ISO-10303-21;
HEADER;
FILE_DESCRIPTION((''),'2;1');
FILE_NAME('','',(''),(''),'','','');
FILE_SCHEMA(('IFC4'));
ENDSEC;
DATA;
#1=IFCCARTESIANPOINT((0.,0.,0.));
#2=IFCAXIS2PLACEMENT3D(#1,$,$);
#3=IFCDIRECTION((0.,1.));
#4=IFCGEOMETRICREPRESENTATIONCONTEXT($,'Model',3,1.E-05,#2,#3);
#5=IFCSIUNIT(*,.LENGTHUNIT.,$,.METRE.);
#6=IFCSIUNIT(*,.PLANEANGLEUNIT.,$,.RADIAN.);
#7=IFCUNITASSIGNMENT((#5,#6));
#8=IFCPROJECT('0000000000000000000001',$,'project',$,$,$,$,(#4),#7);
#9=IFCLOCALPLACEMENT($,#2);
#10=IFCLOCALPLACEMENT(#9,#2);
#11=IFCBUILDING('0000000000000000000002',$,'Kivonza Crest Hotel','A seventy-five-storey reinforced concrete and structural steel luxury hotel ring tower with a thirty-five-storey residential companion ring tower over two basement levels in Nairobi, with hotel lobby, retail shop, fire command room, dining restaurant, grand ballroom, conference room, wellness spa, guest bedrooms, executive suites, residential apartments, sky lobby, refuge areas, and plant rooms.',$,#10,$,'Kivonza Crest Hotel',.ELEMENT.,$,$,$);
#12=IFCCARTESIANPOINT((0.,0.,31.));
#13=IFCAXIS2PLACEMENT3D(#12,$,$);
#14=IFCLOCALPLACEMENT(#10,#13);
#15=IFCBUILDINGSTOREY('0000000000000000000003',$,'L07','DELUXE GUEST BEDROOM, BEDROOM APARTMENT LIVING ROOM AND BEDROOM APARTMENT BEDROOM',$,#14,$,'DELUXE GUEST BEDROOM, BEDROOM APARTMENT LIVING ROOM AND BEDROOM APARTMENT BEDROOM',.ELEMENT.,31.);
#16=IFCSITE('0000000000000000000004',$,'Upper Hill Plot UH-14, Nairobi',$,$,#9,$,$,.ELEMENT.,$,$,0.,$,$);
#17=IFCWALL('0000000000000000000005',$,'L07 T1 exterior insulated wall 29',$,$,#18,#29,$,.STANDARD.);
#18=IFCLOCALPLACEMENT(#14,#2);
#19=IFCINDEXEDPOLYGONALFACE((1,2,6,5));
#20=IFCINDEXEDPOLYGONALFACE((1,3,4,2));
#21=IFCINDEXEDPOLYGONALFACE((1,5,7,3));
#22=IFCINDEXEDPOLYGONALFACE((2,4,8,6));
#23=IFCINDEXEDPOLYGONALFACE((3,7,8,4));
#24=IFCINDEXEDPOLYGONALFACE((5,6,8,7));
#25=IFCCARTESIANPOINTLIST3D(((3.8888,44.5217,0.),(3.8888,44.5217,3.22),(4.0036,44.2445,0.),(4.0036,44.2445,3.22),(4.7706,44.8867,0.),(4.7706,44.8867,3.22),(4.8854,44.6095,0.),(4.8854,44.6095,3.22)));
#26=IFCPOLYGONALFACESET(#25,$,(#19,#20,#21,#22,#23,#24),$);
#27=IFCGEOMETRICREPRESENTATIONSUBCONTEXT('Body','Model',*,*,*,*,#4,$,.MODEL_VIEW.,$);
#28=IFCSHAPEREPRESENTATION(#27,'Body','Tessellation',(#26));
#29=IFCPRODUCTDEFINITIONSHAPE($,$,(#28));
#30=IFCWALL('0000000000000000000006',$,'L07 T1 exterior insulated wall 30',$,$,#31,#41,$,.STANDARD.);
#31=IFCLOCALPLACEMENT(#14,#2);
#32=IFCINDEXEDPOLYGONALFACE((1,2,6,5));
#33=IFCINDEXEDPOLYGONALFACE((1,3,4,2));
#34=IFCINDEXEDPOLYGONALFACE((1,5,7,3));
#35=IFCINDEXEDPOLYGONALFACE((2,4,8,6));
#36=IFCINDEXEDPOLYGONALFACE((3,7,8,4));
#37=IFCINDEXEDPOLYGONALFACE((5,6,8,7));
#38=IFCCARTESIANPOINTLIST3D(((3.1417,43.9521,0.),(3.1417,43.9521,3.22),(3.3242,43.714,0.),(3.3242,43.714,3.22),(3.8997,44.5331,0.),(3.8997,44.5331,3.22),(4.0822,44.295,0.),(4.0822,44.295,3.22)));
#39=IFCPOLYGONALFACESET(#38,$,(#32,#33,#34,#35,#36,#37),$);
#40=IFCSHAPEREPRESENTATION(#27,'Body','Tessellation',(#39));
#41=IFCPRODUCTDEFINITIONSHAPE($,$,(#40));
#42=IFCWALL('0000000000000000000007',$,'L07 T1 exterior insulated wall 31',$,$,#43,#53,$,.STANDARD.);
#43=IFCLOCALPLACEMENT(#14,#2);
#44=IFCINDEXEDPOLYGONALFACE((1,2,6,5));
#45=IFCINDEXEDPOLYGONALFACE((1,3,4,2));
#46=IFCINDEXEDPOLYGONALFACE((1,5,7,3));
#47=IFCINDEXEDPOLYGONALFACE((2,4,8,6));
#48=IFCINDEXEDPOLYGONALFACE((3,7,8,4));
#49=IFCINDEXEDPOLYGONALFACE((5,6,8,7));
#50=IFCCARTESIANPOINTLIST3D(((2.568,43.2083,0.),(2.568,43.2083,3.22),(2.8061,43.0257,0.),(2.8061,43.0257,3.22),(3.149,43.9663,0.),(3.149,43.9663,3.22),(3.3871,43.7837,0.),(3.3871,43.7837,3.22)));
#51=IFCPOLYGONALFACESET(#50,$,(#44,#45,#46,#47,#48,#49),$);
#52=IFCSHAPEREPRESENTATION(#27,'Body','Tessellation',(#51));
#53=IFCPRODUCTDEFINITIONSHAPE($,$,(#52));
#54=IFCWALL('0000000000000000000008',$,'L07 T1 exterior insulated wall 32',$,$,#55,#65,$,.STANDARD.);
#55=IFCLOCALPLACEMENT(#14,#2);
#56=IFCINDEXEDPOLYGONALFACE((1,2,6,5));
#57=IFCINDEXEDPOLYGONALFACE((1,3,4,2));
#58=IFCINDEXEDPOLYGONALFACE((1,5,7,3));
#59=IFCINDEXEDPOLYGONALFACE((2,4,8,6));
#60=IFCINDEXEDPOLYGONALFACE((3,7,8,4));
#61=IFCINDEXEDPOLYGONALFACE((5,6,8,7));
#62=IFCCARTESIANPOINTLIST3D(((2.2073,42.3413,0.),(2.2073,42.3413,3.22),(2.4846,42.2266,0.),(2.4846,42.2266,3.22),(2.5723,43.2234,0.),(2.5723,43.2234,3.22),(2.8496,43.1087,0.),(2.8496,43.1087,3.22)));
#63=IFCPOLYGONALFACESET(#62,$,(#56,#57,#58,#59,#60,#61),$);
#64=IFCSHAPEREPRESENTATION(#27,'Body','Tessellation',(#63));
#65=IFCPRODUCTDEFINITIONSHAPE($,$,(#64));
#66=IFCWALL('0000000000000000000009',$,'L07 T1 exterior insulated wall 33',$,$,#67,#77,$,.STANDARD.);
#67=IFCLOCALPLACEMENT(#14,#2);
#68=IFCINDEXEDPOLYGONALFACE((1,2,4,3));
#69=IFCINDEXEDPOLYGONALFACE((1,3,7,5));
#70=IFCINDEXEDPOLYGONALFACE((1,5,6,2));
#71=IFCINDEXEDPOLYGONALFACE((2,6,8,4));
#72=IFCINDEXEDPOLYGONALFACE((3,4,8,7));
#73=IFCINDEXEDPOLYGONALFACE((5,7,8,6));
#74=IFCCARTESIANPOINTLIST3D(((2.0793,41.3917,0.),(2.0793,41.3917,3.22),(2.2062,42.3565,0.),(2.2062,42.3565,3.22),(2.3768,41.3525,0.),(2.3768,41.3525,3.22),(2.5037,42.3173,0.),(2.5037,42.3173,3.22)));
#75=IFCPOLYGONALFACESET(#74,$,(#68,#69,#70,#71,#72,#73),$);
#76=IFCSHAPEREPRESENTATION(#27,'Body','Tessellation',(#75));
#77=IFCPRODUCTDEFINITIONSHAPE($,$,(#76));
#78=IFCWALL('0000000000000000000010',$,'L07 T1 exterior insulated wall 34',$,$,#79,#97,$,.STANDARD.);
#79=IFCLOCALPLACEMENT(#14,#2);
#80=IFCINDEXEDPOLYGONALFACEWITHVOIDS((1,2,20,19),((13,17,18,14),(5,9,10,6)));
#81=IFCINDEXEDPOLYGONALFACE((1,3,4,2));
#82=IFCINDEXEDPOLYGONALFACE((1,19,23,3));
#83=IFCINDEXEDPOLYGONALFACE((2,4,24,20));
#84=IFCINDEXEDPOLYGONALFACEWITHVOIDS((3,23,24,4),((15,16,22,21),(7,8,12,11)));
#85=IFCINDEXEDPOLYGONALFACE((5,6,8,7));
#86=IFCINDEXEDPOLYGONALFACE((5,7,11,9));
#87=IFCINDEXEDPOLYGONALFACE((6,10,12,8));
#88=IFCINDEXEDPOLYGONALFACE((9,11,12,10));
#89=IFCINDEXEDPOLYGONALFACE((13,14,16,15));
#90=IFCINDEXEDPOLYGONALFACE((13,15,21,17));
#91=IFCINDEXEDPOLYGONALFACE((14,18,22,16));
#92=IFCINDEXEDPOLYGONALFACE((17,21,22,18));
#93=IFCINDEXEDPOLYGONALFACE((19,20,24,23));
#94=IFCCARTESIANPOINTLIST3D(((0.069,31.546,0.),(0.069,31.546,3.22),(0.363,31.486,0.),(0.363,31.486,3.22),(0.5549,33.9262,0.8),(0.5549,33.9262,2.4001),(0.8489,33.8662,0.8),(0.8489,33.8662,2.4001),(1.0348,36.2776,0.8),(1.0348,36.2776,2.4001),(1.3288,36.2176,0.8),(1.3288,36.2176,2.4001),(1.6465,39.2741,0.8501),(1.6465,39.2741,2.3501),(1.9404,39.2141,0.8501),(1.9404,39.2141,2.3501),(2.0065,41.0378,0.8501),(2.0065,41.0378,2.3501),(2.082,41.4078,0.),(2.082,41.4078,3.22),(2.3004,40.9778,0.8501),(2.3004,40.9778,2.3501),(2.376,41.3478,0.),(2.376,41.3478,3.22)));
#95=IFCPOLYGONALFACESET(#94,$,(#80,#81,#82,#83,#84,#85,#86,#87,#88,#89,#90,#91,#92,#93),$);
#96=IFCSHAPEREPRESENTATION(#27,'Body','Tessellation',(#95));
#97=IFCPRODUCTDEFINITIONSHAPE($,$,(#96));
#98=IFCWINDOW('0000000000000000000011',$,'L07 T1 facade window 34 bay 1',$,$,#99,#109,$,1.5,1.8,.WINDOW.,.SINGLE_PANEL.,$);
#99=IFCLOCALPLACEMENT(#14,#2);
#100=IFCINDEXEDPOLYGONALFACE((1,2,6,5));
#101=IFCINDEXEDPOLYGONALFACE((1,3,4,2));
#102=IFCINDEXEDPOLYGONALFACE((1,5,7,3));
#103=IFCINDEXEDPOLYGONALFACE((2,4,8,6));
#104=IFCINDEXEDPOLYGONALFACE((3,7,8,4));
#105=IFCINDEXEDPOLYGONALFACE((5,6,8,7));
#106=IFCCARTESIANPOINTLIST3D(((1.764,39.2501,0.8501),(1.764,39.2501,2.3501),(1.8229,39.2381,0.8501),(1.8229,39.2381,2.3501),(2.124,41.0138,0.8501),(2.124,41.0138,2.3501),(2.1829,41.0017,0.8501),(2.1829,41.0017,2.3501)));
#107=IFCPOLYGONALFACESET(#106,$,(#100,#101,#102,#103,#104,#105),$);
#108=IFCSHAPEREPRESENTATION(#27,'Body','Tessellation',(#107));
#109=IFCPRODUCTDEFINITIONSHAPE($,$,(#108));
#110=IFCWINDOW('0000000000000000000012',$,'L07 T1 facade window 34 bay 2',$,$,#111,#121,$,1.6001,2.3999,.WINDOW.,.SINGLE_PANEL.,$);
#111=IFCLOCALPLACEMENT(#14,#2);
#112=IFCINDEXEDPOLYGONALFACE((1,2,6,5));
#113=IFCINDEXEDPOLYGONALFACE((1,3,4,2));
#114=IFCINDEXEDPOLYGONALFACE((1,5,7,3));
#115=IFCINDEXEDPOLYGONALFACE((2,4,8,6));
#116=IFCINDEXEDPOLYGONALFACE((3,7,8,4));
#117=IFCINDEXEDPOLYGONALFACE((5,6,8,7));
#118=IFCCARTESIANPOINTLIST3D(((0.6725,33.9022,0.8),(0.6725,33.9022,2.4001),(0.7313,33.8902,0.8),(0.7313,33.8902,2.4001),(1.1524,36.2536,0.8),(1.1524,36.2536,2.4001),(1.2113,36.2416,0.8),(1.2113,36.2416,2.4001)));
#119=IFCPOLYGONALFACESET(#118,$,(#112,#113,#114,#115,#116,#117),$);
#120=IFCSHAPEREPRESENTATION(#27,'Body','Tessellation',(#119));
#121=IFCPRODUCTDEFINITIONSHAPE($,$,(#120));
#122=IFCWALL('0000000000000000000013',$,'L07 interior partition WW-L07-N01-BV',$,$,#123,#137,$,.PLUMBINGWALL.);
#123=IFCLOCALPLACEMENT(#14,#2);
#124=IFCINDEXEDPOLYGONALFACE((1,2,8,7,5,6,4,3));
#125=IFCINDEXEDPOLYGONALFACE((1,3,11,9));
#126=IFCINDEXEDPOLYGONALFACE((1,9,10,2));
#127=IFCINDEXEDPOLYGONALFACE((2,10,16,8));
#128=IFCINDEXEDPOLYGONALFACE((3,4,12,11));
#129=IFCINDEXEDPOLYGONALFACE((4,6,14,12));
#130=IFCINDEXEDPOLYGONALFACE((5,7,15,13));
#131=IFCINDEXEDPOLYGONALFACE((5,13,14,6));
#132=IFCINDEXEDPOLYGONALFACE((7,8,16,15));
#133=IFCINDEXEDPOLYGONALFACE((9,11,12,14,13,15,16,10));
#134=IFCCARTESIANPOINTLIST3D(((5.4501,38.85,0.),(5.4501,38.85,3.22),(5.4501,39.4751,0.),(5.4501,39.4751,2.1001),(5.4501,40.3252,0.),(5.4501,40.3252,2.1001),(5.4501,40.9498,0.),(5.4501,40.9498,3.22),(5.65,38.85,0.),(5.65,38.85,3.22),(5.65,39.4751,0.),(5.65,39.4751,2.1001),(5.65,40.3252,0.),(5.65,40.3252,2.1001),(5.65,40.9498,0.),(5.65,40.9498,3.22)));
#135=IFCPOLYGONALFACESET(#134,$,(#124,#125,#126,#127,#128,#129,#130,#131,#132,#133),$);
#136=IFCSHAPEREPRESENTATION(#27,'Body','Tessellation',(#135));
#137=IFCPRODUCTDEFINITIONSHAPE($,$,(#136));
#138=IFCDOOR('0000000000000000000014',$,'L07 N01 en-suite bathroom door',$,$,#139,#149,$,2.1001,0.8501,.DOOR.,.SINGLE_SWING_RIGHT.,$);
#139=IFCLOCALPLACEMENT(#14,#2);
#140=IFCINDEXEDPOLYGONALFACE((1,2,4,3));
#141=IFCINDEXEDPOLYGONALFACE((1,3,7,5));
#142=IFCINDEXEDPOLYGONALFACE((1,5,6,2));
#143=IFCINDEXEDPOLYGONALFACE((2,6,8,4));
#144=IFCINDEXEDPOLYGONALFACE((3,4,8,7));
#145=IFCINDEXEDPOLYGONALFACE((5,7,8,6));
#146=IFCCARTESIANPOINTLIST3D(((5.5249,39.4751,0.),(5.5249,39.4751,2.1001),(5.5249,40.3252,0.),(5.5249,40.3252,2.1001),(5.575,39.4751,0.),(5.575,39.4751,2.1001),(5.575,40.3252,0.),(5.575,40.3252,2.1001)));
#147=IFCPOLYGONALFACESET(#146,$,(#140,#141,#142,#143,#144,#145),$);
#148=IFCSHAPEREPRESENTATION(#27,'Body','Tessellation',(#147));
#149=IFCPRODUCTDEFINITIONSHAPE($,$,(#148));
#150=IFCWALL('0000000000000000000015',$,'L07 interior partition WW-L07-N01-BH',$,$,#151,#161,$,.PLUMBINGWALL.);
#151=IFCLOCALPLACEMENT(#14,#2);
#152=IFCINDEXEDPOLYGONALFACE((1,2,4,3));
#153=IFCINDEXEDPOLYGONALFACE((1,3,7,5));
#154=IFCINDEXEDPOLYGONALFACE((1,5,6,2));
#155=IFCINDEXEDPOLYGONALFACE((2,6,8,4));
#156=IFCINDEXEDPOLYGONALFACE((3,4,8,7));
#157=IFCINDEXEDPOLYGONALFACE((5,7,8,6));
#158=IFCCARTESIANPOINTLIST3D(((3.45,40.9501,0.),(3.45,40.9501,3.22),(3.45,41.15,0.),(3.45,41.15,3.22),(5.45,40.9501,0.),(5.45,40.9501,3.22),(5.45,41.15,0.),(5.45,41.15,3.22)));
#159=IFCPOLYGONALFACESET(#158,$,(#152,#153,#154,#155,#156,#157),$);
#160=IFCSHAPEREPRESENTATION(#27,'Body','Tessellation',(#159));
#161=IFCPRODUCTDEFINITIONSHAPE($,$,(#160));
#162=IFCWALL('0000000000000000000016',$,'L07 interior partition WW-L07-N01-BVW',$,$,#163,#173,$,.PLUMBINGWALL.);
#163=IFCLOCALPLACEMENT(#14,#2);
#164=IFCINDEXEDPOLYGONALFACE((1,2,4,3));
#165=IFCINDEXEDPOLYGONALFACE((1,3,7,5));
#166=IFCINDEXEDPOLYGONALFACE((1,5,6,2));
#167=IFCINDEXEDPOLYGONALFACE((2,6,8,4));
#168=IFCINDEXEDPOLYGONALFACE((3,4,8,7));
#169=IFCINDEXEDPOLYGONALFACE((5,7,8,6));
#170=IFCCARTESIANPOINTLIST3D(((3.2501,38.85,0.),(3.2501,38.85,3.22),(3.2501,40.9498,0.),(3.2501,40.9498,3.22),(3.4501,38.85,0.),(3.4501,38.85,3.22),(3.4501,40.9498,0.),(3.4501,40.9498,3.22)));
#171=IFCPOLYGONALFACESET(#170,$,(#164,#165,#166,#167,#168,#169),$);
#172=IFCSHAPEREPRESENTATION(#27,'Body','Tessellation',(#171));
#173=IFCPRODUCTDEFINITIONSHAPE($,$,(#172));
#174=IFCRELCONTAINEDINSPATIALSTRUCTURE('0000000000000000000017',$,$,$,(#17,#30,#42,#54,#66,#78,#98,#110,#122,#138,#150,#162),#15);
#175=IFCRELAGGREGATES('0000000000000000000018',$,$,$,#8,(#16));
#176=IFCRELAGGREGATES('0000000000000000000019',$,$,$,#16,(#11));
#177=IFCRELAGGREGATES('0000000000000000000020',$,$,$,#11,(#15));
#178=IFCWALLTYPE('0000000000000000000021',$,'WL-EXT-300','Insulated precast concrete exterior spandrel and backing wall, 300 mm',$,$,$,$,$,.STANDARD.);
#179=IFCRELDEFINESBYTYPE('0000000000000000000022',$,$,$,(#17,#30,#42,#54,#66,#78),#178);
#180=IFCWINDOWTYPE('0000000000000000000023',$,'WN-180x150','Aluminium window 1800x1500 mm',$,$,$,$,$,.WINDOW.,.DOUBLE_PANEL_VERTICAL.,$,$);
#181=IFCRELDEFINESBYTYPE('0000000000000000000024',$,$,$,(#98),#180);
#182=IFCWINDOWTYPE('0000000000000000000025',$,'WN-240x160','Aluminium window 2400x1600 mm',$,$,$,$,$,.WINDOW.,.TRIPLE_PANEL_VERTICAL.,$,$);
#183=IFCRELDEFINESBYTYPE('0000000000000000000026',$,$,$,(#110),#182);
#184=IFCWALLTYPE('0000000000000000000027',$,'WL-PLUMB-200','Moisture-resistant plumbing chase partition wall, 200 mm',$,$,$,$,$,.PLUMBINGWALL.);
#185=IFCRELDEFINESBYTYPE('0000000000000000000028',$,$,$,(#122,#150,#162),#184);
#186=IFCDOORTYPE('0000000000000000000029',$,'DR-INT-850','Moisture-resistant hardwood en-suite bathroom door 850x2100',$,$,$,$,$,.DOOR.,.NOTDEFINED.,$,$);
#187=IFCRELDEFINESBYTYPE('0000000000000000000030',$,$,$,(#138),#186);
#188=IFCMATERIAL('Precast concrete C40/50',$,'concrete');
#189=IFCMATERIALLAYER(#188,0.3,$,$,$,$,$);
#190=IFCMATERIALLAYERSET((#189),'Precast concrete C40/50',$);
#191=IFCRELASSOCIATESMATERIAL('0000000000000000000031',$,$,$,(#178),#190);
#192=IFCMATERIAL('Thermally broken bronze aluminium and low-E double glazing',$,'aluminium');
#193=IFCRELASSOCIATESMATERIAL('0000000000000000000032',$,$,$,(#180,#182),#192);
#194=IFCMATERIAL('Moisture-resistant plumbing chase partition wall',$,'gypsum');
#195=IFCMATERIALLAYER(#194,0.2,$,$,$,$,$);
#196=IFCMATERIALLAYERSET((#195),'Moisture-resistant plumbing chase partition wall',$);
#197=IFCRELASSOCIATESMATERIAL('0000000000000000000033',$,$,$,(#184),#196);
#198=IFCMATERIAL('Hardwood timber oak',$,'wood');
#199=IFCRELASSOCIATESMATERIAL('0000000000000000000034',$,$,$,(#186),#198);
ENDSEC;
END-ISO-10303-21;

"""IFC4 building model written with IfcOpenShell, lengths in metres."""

from ifc_helpers import new_model, si_unit, direction, frame, frame_2d, origin, place, context, subcontext, project, spatial, rectangle, extrude, material, layer, layer_set, type_object, element, fill, save


model = new_model("IFC4")

# Units and contexts
model_context = context("Model", 3, precision=1e-05, world=origin(), true_north=direction((0.0, 1.0)))
body_context = subcontext(model_context, "Body", "Model", "MODEL_VIEW")
ifc_project = project(units=[si_unit("LENGTHUNIT", "METRE"), si_unit("PLANEANGLEUNIT", "RADIAN")], contexts=[model_context])

# Site, building, storey
site_placement = place(None, origin())
site = spatial("IfcSite", under=ifc_project, at=site_placement, Name="Upper Hill Plot UH-14, Nairobi", CompositionType="ELEMENT", RefElevation=0.0)
building_placement = place(site_placement, origin())
building = spatial("IfcBuilding", under=site, at=building_placement, Name="Kivonza Crest Hotel", Description="A seventy-five-storey reinforced concrete and structural steel luxury hotel ring tower with a thirty-five-storey residential companion ring tower over two basement levels in Nairobi, with hotel lobby, retail shop, fire command room, dining restaurant, grand ballroom, conference room, wellness spa, guest bedrooms, executive suites, residential apartments, sky lobby, refuge areas, and plant rooms.", LongName="Kivonza Crest Hotel", CompositionType="ELEMENT")
storey_placement = place(building_placement, frame((0.0, 0.0, 31.0)))
storey = spatial("IfcBuildingStorey", under=building, at=storey_placement, Name="L07", Description="DELUXE GUEST BEDROOM, BEDROOM APARTMENT LIVING ROOM AND BEDROOM APARTMENT BEDROOM", LongName="DELUXE GUEST BEDROOM, BEDROOM APARTMENT LIVING ROOM AND BEDROOM APARTMENT BEDROOM", CompositionType="ELEMENT", Elevation=31.0)

# Shared definitions
ifc_material_1 = material(Name="Hardwood timber oak", Category="wood")

# Walls
ifc_material_2 = material(Name="Precast concrete C40/50", Category="concrete")
ifc_layer_1 = layer(ifc_material_2, 0.3)
ifc_layer_set_1 = layer_set([ifc_layer_1], Name="Precast concrete C40/50")
wall_type_1 = type_object("IfcWallType", Name="WL-EXT-300", Description="Insulated precast concrete exterior spandrel and backing wall, 300 mm", PredefinedType="STANDARD", material=ifc_layer_set_1)
wall_1_placement = place(storey_placement, frame((4.8279, 44.748, 0.0), z_axis=(0.0, 0.0, 1.0), x_axis=(-0.923983, -0.382435, 0.0)))
element("IfcWall", 1, at=wall_1_placement, inside=storey, type_object=wall_type_1, Name="L07 T1 exterior insulated wall 29", PredefinedType="STANDARD", context=body_context, shape_type="SweptSolid", body=[
    extrude(rectangle(XDim=0.9543, YDim=0.3, at=frame_2d((0.4771, 0.0))), origin(), (0.0, 0.0, 1.0), 3.22),
])
for number, where, z_axis, x_axis, name in (
    (2, (3.991, 44.4141, 0.0), (0.0, 0.0, 1.0), (-0.793668, -0.608351, 0.0), "L07 T1 exterior insulated wall 30"),
    (3, (3.2681, 43.875, 0.0), (0.0, 0.0, 1.0), (-0.608351, -0.793668, 0.0), "L07 T1 exterior insulated wall 31"),
):
    element("IfcWall", number, at=place(storey_placement, frame(where, z_axis=z_axis, x_axis=x_axis)), inside=storey, type_object=wall_type_1, Name=name, PredefinedType="STANDARD", context=body_context, shape_type="SweptSolid", body=[
        extrude(rectangle(XDim=0.9551, YDim=0.3, at=frame_2d((0.4775, 0.0))), origin(), (0.0, 0.0, 1.0), 3.22),
    ])
wall_2_placement = place(storey_placement, frame((2.7109, 43.166, 0.0), z_axis=(0.0, 0.0, 1.0), x_axis=(-0.382344, -0.92402, 0.0)))
element("IfcWall", 4, at=wall_2_placement, inside=storey, type_object=wall_type_1, Name="L07 T1 exterior insulated wall 32", PredefinedType="STANDARD", context=body_context, shape_type="SweptSolid", body=[
    extrude(rectangle(XDim=0.9546, YDim=0.3, at=frame_2d((0.4773, 0.0))), origin(), (0.0, 0.0, 1.0), 3.22),
])
wall_3_placement = place(storey_placement, frame((2.355, 42.3369, 0.0), z_axis=(0.0, 0.0, 1.0), x_axis=(-0.130455, -0.991454, 0.0)))
element("IfcWall", 5, at=wall_3_placement, inside=storey, type_object=wall_type_1, Name="L07 T1 exterior insulated wall 33", PredefinedType="STANDARD", context=body_context, shape_type="SweptSolid", body=[
    extrude(rectangle(XDim=0.9731, YDim=0.3, at=frame_2d((0.4866, 0.0))), origin(), (0.0, 0.0, 1.0), 3.22),
])

# Wall, openings, windows
wall_4_placement = place(storey_placement, frame((2.229, 41.3779, 0.0), z_axis=(0.0, 0.0, 1.0), x_axis=(-0.199991, -0.979798, 0.0)))
wall_4 = element("IfcWall", 6, at=wall_4_placement, inside=storey, type_object=wall_type_1, Name="L07 T1 exterior insulated wall 34", PredefinedType="STANDARD", context=body_context, shape_type="SweptSolid", body=[
    extrude(rectangle(XDim=10.0652, YDim=0.3, at=frame_2d((5.0327, 0.0))), origin(), (0.0, 0.0, 1.0), 3.22),
])
opening_1_placement = place(wall_4_placement, frame((0.3779, 0.0, 0.8501)))
opening_1 = element("IfcOpeningElement", 7, at=opening_1_placement, cuts=wall_4, PredefinedType="OPENING", context=body_context, shape_type="SweptSolid", body=[
    extrude(rectangle(XDim=1.8, YDim=1.5, at=frame_2d((0.8999, 0.75))), frame((0.0, 0.1602, 0.0), z_axis=(0.0, -1.0, 0.0), x_axis=(1.0, 0.0, 0.0)), (0.0, 0.0, 1.0), 0.3201),
])
opening_2_placement = place(wall_4_placement, frame((5.2361, 0.0, 0.8)))
opening_2 = element("IfcOpeningElement", 8, at=opening_2_placement, cuts=wall_4, PredefinedType="OPENING", context=body_context, shape_type="SweptSolid", body=[
    extrude(rectangle(XDim=2.3999, YDim=1.6001, at=frame_2d((1.2, 0.8))), frame((0.0, 0.1602, 0.0), z_axis=(0.0, -1.0, 0.0), x_axis=(1.0, 0.0, 0.0)), (0.0, 0.0, 1.0), 0.3201),
])
ifc_material_3 = material(Name="Thermally broken bronze aluminium and low-E double glazing", Category="aluminium")
window_type_1 = type_object("IfcWindowType", Name="WN-180x150", Description="Aluminium window 1800x1500 mm", PartitioningType="DOUBLE_PANEL_VERTICAL", PredefinedType="WINDOW", material=ifc_material_3)
window_1_placement = place(opening_1_placement, origin())
window_1 = element("IfcWindow", 9, at=window_1_placement, inside=storey, type_object=window_type_1, Name="L07 T1 facade window 34 bay 1", OverallHeight=1.5, OverallWidth=1.8, PartitioningType="SINGLE_PANEL", PredefinedType="WINDOW", context=body_context, shape_type="SweptSolid", body=[
    extrude(rectangle(XDim=1.8, YDim=1.5, at=frame_2d((0.8999, 0.75))), frame((0.0, 0.03, 0.0), z_axis=(0.0, -1.0, 0.0), x_axis=(1.0, 0.0, 0.0)), (0.0, 0.0, 1.0), 0.0601),
])
fill(opening_1, window_1)
window_type_2 = type_object("IfcWindowType", Name="WN-240x160", Description="Aluminium window 2400x1600 mm", PartitioningType="TRIPLE_PANEL_VERTICAL", PredefinedType="WINDOW", material=ifc_material_3)
window_2_placement = place(opening_2_placement, origin())
window_2 = element("IfcWindow", 10, at=window_2_placement, inside=storey, type_object=window_type_2, Name="L07 T1 facade window 34 bay 2", OverallHeight=1.6001, OverallWidth=2.3999, PartitioningType="SINGLE_PANEL", PredefinedType="WINDOW", context=body_context, shape_type="SweptSolid", body=[
    extrude(rectangle(XDim=2.3999, YDim=1.6001, at=frame_2d((1.2, 0.8))), frame((0.0, 0.03, 0.0), z_axis=(0.0, -1.0, 0.0), x_axis=(1.0, 0.0, 0.0)), (0.0, 0.0, 1.0), 0.0601),
])
fill(opening_2, window_2)

# Wall, opening, door
ifc_material_4 = material(Name="Moisture-resistant plumbing chase partition wall", Category="gypsum")
ifc_layer_2 = layer(ifc_material_4, 0.2)
ifc_layer_set_2 = layer_set([ifc_layer_2], Name="Moisture-resistant plumbing chase partition wall")
wall_type_2 = type_object("IfcWallType", Name="WL-PLUMB-200", Description="Moisture-resistant plumbing chase partition wall, 200 mm", PredefinedType="PLUMBINGWALL", material=ifc_layer_set_2)
wall_5_placement = place(storey_placement, frame((5.55, 38.8501, 0.0), z_axis=(0.0, 0.0, 1.0), x_axis=(0.0, 1.0, 0.0)))
wall_5 = element("IfcWall", 11, at=wall_5_placement, inside=storey, type_object=wall_type_2, Name="L07 interior partition WW-L07-N01-BV", PredefinedType="PLUMBINGWALL", context=body_context, shape_type="SweptSolid", body=[
    extrude(rectangle(XDim=2.0999, YDim=0.2, at=frame_2d((1.0498, 0.0))), origin(), (0.0, 0.0, 1.0), 3.22),
])
opening_3_placement = place(wall_5_placement, frame((0.625, 0.0, 0.0)))
opening_3 = element("IfcOpeningElement", 12, at=opening_3_placement, cuts=wall_5, PredefinedType="OPENING", context=body_context, shape_type="SweptSolid", body=[
    extrude(rectangle(XDim=0.8501, YDim=2.1001, at=frame_2d((0.425, 1.05))), frame((0.0, 0.1099, 0.0), z_axis=(0.0, -1.0, 0.0), x_axis=(1.0, 0.0, 0.0)), (0.0, 0.0, 1.0), 0.22),
])
door_type_1 = type_object("IfcDoorType", Name="DR-INT-850", Description="Moisture-resistant hardwood en-suite bathroom door 850x2100", OperationType="NOTDEFINED", PredefinedType="DOOR", material=ifc_material_1)
door_1_placement = place(opening_3_placement, frame((0.8501, 0.0, 0.0), z_axis=(0.0, 0.0, 1.0), x_axis=(-1.0, 0.0, 0.0)))
door_1 = element("IfcDoor", 13, at=door_1_placement, inside=storey, type_object=door_type_1, Name="L07 N01 en-suite bathroom door", OperationType="SINGLE_SWING_RIGHT", OverallHeight=2.1001, OverallWidth=0.8501, PredefinedType="DOOR", context=body_context, shape_type="SweptSolid", body=[
    extrude(rectangle(XDim=0.8501, YDim=2.1001, at=frame_2d((0.425, 1.05))), frame((0.0, 0.0249, 0.0), z_axis=(0.0, -1.0, 0.0), x_axis=(1.0, 0.0, 0.0)), (0.0, 0.0, 1.0), 0.05),
])
fill(opening_3, door_1)

# Walls
wall_6_placement = place(storey_placement, frame((3.45, 41.05, 0.0), z_axis=(0.0, 0.0, 1.0), x_axis=(1.0, 0.0, 0.0)))
element("IfcWall", 14, at=wall_6_placement, inside=storey, type_object=wall_type_2, Name="L07 interior partition WW-L07-N01-BH", PredefinedType="PLUMBINGWALL", context=body_context, shape_type="SweptSolid", body=[
    extrude(rectangle(XDim=2.0, YDim=0.2, at=frame_2d((1.0, 0.0))), origin(), (0.0, 0.0, 1.0), 3.22),
])
wall_7_placement = place(storey_placement, frame((3.3501, 38.8501, 0.0), z_axis=(0.0, 0.0, 1.0), x_axis=(0.0, 1.0, 0.0)))
element("IfcWall", 15, at=wall_7_placement, inside=storey, type_object=wall_type_2, Name="L07 interior partition WW-L07-N01-BVW", PredefinedType="PLUMBINGWALL", context=body_context, shape_type="SweptSolid", body=[
    extrude(rectangle(XDim=2.0999, YDim=0.2, at=frame_2d((1.0498, 0.0))), origin(), (0.0, 0.0, 1.0), 3.22),
])

save(model, "model.ifc")
